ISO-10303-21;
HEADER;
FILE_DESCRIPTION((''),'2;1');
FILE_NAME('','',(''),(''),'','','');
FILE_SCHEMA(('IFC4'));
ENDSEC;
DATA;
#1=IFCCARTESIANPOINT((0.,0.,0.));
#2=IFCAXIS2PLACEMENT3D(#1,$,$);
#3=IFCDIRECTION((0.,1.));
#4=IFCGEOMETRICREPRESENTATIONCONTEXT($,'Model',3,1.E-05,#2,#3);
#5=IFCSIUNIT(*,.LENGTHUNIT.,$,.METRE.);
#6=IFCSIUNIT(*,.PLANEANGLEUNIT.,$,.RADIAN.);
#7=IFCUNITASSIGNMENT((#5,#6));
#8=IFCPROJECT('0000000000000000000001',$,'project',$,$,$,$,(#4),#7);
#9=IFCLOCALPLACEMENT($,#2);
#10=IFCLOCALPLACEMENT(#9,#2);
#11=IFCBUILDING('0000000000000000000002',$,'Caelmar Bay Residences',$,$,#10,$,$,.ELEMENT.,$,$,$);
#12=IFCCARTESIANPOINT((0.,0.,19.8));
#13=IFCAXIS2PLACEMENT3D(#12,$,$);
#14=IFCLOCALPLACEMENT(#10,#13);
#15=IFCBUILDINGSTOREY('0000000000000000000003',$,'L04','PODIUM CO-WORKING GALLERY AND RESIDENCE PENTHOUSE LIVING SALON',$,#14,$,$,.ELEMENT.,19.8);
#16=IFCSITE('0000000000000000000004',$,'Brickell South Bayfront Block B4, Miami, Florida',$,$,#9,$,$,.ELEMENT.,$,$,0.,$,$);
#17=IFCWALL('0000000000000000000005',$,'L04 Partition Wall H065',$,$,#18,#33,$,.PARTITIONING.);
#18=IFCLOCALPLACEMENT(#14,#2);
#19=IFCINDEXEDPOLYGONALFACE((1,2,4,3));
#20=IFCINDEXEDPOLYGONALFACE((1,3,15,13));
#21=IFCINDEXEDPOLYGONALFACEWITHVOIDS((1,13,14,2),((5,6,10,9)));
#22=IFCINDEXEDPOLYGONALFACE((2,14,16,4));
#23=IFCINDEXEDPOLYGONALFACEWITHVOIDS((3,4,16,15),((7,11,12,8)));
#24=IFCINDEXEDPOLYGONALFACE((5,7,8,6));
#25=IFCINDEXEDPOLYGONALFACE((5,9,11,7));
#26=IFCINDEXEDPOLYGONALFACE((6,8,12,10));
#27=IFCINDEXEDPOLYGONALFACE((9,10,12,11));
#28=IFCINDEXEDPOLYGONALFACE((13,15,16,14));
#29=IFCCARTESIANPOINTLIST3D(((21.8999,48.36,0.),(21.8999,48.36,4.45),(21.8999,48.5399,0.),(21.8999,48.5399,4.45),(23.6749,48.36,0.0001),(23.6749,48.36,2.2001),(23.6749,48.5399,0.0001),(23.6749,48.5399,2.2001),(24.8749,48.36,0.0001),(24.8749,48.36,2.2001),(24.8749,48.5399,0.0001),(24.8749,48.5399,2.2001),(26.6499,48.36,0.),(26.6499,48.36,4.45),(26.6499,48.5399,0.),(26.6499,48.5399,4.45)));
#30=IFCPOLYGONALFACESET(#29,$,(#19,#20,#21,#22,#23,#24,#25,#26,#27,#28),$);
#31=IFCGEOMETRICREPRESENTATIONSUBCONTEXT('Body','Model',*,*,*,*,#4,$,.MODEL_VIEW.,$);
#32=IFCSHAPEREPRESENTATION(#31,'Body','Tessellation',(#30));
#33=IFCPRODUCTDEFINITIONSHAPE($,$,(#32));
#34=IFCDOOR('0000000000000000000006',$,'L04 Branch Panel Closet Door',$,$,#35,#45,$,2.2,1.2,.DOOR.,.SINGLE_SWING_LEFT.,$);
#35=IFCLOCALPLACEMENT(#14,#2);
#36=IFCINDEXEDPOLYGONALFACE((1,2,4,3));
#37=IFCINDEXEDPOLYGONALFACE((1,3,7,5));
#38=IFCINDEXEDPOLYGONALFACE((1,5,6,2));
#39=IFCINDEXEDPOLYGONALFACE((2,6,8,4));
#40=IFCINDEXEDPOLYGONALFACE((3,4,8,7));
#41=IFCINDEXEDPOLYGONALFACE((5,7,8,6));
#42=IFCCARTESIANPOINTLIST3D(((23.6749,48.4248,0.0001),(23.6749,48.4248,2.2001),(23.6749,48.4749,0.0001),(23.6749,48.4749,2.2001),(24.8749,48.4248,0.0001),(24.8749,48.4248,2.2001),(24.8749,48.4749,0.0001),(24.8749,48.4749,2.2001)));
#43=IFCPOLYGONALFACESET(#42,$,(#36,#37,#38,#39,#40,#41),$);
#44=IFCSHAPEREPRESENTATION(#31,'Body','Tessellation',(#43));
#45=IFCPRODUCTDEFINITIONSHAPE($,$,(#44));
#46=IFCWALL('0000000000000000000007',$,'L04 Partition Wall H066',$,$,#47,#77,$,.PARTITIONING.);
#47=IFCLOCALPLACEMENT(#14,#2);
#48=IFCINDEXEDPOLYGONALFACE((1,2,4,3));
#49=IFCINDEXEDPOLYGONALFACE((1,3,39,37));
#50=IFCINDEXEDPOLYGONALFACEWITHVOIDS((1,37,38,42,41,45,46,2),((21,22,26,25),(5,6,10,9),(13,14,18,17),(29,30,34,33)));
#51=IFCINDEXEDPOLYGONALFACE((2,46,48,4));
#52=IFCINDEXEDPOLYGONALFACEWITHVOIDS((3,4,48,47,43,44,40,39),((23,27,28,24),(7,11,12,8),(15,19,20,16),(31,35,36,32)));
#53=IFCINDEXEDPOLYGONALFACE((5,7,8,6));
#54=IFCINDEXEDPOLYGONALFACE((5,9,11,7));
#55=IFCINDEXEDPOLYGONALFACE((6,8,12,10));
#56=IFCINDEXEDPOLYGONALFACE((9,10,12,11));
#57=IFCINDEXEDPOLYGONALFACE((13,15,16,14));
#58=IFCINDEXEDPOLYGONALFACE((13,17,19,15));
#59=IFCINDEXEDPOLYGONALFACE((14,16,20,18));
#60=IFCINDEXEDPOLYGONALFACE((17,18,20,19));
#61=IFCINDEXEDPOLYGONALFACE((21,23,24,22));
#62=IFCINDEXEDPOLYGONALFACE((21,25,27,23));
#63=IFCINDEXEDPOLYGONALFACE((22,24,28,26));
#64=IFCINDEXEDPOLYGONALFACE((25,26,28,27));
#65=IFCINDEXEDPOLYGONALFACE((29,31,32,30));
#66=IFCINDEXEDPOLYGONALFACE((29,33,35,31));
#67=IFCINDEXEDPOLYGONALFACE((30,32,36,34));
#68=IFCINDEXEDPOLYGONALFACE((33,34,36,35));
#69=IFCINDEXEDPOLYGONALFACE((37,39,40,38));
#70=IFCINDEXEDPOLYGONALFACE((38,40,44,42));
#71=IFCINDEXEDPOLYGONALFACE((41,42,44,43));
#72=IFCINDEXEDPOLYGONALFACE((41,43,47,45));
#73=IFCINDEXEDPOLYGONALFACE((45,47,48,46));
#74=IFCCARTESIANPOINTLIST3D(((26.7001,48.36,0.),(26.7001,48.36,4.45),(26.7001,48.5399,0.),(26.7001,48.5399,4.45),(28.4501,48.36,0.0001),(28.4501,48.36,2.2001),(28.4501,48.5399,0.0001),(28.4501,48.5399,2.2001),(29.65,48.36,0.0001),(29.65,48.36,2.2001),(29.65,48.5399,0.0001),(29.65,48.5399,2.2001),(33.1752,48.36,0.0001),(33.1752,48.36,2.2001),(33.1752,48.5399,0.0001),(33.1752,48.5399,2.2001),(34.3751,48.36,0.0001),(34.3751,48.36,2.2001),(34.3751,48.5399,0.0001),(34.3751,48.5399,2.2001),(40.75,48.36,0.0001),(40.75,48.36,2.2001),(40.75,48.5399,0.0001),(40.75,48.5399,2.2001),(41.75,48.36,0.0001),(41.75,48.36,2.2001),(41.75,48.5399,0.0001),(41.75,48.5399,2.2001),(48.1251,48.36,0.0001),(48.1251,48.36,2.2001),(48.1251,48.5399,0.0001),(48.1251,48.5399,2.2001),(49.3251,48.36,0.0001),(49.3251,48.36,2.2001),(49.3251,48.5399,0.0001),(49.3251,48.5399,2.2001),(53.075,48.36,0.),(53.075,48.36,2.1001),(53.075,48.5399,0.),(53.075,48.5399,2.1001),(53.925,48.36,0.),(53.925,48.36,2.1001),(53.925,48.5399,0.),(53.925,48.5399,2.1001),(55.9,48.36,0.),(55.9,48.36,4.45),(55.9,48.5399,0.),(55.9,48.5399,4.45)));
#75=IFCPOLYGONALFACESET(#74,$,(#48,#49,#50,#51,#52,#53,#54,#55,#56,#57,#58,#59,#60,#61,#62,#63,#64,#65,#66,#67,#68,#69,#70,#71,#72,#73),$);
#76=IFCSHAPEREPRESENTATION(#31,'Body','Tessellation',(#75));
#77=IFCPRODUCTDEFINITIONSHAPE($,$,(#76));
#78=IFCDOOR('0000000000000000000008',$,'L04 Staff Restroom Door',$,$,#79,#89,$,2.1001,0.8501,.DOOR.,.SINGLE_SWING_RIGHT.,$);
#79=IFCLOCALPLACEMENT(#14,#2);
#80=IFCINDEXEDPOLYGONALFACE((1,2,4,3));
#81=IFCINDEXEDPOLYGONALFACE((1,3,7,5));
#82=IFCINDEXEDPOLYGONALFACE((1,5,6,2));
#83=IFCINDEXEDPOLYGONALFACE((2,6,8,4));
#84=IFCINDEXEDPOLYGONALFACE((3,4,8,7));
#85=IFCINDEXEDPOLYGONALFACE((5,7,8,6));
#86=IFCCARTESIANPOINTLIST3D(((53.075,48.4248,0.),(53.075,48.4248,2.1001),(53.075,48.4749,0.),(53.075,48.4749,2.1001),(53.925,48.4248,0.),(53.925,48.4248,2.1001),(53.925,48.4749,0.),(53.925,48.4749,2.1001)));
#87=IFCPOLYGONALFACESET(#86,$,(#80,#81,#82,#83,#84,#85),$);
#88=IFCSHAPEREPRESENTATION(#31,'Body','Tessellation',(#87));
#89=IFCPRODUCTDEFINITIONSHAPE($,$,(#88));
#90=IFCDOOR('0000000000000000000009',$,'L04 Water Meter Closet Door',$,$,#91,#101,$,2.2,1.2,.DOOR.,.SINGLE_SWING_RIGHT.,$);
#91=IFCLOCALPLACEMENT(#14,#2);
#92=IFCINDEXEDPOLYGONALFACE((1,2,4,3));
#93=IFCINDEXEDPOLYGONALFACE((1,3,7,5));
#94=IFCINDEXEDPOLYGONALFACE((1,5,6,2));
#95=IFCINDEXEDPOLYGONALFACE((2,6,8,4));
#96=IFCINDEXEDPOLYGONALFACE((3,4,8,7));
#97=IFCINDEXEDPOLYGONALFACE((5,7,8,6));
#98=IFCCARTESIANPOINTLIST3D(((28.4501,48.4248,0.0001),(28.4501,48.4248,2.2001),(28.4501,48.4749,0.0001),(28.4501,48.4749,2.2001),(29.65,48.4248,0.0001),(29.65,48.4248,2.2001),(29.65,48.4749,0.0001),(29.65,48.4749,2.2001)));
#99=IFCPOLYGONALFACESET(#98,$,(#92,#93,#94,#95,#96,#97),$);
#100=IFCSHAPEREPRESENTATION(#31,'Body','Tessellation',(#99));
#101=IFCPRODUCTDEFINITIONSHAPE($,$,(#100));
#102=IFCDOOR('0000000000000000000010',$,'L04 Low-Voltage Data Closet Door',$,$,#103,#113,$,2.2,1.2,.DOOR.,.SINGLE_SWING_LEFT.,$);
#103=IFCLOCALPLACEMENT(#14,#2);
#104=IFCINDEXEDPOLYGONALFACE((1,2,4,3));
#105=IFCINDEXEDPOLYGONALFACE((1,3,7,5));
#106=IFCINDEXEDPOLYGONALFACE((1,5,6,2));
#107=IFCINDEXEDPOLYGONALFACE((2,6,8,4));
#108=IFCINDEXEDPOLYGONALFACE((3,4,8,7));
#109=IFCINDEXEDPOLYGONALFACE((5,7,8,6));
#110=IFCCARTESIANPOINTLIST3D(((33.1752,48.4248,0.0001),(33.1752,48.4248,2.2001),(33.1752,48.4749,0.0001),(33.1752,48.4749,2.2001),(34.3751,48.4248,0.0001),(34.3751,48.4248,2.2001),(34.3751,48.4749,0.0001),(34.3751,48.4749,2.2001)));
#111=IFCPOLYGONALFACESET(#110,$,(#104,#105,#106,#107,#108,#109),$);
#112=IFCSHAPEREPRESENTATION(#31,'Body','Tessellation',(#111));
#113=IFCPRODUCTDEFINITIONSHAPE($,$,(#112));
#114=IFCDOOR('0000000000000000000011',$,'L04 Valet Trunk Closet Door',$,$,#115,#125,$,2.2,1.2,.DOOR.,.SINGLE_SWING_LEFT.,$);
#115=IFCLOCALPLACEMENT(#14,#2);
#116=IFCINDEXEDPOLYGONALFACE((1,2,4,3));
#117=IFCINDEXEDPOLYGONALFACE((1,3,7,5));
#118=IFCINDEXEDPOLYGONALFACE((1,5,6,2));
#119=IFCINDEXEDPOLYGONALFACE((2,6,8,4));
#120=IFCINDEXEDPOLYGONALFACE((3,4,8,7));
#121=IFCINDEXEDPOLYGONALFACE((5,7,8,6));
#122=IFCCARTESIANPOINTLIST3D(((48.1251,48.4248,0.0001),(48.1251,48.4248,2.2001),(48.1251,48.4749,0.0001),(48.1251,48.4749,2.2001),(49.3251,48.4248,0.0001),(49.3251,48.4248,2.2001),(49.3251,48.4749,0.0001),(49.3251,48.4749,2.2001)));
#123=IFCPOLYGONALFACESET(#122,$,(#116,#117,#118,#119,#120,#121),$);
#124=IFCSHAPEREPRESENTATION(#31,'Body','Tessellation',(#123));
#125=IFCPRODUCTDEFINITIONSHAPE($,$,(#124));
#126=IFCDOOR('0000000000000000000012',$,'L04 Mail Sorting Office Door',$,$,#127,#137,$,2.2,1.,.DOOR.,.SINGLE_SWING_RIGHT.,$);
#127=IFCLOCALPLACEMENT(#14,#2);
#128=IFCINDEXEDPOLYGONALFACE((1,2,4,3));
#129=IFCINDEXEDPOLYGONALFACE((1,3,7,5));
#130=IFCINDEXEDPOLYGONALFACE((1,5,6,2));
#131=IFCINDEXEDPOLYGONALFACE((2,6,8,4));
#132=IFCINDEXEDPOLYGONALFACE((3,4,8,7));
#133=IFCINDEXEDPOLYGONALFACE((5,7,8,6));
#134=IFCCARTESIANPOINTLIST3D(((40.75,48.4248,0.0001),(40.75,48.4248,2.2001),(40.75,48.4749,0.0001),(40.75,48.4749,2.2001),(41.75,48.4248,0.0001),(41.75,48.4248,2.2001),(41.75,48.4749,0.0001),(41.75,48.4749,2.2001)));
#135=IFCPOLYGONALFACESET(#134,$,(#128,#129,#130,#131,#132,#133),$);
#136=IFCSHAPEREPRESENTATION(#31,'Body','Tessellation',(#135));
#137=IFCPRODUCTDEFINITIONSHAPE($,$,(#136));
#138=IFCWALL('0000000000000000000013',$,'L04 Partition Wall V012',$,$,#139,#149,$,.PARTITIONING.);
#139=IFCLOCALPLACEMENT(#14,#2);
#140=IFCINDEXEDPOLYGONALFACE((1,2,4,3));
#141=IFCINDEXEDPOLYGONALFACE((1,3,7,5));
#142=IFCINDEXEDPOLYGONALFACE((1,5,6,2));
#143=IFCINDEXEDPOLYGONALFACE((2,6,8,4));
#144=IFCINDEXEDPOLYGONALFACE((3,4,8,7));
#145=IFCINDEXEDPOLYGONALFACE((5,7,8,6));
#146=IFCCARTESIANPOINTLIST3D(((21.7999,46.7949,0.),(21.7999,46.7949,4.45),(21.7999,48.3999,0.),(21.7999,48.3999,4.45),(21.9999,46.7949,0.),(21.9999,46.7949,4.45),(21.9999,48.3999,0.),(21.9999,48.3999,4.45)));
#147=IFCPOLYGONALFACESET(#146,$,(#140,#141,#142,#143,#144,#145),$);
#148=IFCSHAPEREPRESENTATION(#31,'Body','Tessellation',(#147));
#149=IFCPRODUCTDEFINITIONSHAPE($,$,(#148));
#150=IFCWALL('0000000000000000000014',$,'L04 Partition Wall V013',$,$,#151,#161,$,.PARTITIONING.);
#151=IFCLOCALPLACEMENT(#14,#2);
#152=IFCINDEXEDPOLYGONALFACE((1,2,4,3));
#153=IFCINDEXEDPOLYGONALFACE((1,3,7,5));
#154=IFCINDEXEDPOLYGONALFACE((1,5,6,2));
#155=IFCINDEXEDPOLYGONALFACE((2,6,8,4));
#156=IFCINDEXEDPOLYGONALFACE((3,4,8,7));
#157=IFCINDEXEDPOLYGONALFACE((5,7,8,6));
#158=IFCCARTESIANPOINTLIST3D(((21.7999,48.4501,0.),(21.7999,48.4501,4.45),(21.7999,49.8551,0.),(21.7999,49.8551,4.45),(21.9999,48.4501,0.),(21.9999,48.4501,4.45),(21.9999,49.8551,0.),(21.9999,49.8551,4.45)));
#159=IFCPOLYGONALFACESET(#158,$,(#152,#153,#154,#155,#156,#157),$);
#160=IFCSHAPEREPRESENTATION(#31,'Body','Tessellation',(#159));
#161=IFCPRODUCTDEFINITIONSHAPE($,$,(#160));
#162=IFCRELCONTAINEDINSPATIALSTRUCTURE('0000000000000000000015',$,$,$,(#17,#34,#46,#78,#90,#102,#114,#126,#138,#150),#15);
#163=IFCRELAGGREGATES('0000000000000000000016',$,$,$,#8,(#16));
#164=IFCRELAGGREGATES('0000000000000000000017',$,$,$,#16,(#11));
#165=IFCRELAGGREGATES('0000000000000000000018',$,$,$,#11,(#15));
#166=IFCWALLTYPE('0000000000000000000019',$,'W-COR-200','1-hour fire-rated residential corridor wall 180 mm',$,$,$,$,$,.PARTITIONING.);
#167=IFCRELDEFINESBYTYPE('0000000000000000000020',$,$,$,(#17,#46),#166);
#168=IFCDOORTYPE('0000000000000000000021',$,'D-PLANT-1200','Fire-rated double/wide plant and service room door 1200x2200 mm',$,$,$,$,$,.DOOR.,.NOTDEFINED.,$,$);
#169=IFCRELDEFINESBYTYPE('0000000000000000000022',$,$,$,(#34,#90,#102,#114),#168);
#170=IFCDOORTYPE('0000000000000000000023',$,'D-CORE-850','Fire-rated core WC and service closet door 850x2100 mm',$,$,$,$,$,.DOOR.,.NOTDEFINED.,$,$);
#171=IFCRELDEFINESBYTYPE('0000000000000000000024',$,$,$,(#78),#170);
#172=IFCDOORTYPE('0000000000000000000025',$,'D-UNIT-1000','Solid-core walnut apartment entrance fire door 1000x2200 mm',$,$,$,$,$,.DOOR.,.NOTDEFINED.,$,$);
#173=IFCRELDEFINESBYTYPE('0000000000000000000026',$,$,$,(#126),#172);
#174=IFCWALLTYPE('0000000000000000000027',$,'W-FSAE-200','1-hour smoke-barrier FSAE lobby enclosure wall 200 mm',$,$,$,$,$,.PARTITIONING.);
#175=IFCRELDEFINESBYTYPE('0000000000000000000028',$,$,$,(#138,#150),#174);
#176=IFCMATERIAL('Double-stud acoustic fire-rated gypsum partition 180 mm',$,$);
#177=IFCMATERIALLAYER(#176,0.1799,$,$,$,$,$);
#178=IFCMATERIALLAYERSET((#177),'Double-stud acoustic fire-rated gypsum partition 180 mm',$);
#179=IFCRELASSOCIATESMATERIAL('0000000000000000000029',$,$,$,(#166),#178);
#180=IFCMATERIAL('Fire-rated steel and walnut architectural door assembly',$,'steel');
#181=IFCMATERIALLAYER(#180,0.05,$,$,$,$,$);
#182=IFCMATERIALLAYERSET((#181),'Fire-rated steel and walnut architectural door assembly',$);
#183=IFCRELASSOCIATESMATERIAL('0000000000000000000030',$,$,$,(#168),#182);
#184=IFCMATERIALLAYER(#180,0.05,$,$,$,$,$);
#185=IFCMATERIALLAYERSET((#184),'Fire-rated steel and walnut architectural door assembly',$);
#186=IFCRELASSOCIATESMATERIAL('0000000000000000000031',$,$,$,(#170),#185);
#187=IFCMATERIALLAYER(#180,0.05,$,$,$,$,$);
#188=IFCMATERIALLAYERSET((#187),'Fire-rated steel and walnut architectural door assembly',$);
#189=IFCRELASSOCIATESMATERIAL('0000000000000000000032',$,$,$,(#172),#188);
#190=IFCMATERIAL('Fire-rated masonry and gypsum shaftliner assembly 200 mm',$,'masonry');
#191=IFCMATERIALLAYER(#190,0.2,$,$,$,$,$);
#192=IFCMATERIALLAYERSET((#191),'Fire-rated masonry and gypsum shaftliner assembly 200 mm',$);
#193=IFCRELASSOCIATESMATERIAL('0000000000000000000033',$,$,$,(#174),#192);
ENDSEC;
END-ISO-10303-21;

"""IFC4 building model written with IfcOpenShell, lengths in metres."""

from ifc_helpers import new_model, si_unit, direction, frame, frame_2d, origin, place, context, subcontext, project, spatial, rectangle, extrude, material, layer, layer_set, type_object, element, fill, save


model = new_model("IFC4")

# Units and contexts
model_context = context("Model", 3, precision=1e-05, world=origin(), true_north=direction((0.0, 1.0)))
body_context = subcontext(model_context, "Body", "Model", "MODEL_VIEW")
ifc_project = project(units=[si_unit("LENGTHUNIT", "METRE"), si_unit("PLANEANGLEUNIT", "RADIAN")], contexts=[model_context])

# Site, building, storey
site_placement = place(None, origin())
site = spatial("IfcSite", under=ifc_project, at=site_placement, Name="Brickell South Bayfront Block B4, Miami, Florida", CompositionType="ELEMENT", RefElevation=0.0)
building_placement = place(site_placement, origin())
building = spatial("IfcBuilding", under=site, at=building_placement, Name="Caelmar Bay Residences", CompositionType="ELEMENT")
storey_placement = place(building_placement, frame((0.0, 0.0, 19.8)))
storey = spatial("IfcBuildingStorey", under=building, at=storey_placement, Name="L04", Description="PODIUM CO-WORKING GALLERY AND RESIDENCE PENTHOUSE LIVING SALON", CompositionType="ELEMENT", Elevation=19.8)

# Shared definitions
ifc_material_1 = material(Name="Fire-rated steel and walnut architectural door assembly", Category="steel")

# Shared definitions
ifc_material_2 = material(Name="Double-stud acoustic fire-rated gypsum partition 180 mm")
ifc_layer_1 = layer(ifc_material_2, 0.1799)
ifc_layer_set_1 = layer_set([ifc_layer_1], Name="Double-stud acoustic fire-rated gypsum partition 180 mm")
wall_type_1 = type_object("IfcWallType", Name="W-COR-200", Description="1-hour fire-rated residential corridor wall 180 mm", PredefinedType="PARTITIONING", material=ifc_layer_set_1)

# Wall, opening, door
wall_1_placement = place(storey_placement, frame((21.8999, 48.45, 0.0), z_axis=(0.0, 0.0, 1.0), x_axis=(1.0, 0.0, 0.0)))
wall_1 = element("IfcWall", 1, at=wall_1_placement, inside=storey, type_object=wall_type_1, Name="L04 Partition Wall H065", PredefinedType="PARTITIONING", context=body_context, shape_type="SweptSolid", body=[
    extrude(rectangle(XDim=4.75, YDim=0.1799, at=frame_2d((2.375, 0.0))), origin(), (0.0, 0.0, 1.0), 4.45),
])
opening_1_placement = place(wall_1_placement, frame((1.7749, 0.0, 0.0)))
opening_1 = element("IfcOpeningElement", 2, at=opening_1_placement, cuts=wall_1, PredefinedType="OPENING", context=body_context, shape_type="SweptSolid", body=[
    extrude(rectangle(XDim=1.2, YDim=2.2, at=frame_2d((0.6001, 1.1001))), frame((0.0, 0.0999, 0.0), z_axis=(0.0, -1.0, 0.0), x_axis=(1.0, 0.0, 0.0)), (0.0, 0.0, 1.0), 0.2),
])
ifc_layer_2 = layer(ifc_material_1, 0.05)
ifc_layer_set_2 = layer_set([ifc_layer_2], Name="Fire-rated steel and walnut architectural door assembly")
door_type_1 = type_object("IfcDoorType", Name="D-PLANT-1200", Description="Fire-rated double/wide plant and service room door 1200x2200 mm", OperationType="NOTDEFINED", PredefinedType="DOOR", material=ifc_layer_set_2)
door_1_placement = place(opening_1_placement, origin())
door_1 = element("IfcDoor", 3, at=door_1_placement, inside=storey, type_object=door_type_1, Name="L04 Branch Panel Closet Door", OperationType="SINGLE_SWING_LEFT", OverallHeight=2.2, OverallWidth=1.2, PredefinedType="DOOR", context=body_context, shape_type="SweptSolid", body=[
    extrude(rectangle(XDim=1.2, YDim=2.2, at=frame_2d((0.6001, 1.1001))), frame((0.0, 0.0249, 0.0), z_axis=(0.0, -1.0, 0.0), x_axis=(1.0, 0.0, 0.0)), (0.0, 0.0, 1.0), 0.05),
])
fill(opening_1, door_1)

# Wall, openings, doors
wall_2_placement = place(storey_placement, frame((26.7, 48.45, 0.0), z_axis=(0.0, 0.0, 1.0), x_axis=(1.0, 0.0, 0.0)))
wall_2 = element("IfcWall", 4, at=wall_2_placement, inside=storey, type_object=wall_type_1, Name="L04 Partition Wall H066", PredefinedType="PARTITIONING", context=body_context, shape_type="SweptSolid", body=[
    extrude(rectangle(XDim=29.2, YDim=0.1799, at=frame_2d((14.6001, 0.0))), origin(), (0.0, 0.0, 1.0), 4.45),
])
opening_2_placement = place(wall_2_placement, frame((1.75, 0.0, 0.0)))
opening_2 = element("IfcOpeningElement", 5, at=opening_2_placement, cuts=wall_2, PredefinedType="OPENING", context=body_context, shape_type="SweptSolid", body=[
    extrude(rectangle(XDim=1.2, YDim=2.2, at=frame_2d((0.6001, 1.1001))), frame((0.0, 0.0999, 0.0), z_axis=(0.0, -1.0, 0.0), x_axis=(1.0, 0.0, 0.0)), (0.0, 0.0, 1.0), 0.2),
])
opening_3_placement = place(wall_2_placement, frame((6.4751, 0.0, 0.0)))
opening_3 = element("IfcOpeningElement", 6, at=opening_3_placement, cuts=wall_2, PredefinedType="OPENING", context=body_context, shape_type="SweptSolid", body=[
    extrude(rectangle(XDim=1.2, YDim=2.2, at=frame_2d((0.6001, 1.1001))), frame((0.0, 0.0999, 0.0), z_axis=(0.0, -1.0, 0.0), x_axis=(1.0, 0.0, 0.0)), (0.0, 0.0, 1.0), 0.2),
])
opening_4_placement = place(wall_2_placement, frame((14.05, 0.0, 0.0)))
opening_4 = element("IfcOpeningElement", 7, at=opening_4_placement, cuts=wall_2, PredefinedType="OPENING", context=body_context, shape_type="SweptSolid", body=[
    extrude(rectangle(XDim=1.0, YDim=2.2, at=frame_2d((0.5, 1.1001))), frame((0.0, 0.0999, 0.0), z_axis=(0.0, -1.0, 0.0), x_axis=(1.0, 0.0, 0.0)), (0.0, 0.0, 1.0), 0.2),
])
opening_5_placement = place(wall_2_placement, frame((21.425, 0.0, 0.0)))
opening_5 = element("IfcOpeningElement", 8, at=opening_5_placement, cuts=wall_2, PredefinedType="OPENING", context=body_context, shape_type="SweptSolid", body=[
    extrude(rectangle(XDim=1.2, YDim=2.2, at=frame_2d((0.6001, 1.1001))), frame((0.0, 0.0999, 0.0), z_axis=(0.0, -1.0, 0.0), x_axis=(1.0, 0.0, 0.0)), (0.0, 0.0, 1.0), 0.2),
])
opening_6_placement = place(wall_2_placement, frame((26.375, 0.0, 0.0)))
opening_6 = element("IfcOpeningElement", 9, at=opening_6_placement, cuts=wall_2, PredefinedType="OPENING", context=body_context, shape_type="SweptSolid", body=[
    extrude(rectangle(XDim=0.8501, YDim=2.1001, at=frame_2d((0.425, 1.05))), frame((0.0, 0.0999, 0.0), z_axis=(0.0, -1.0, 0.0), x_axis=(1.0, 0.0, 0.0)), (0.0, 0.0, 1.0), 0.2),
])
ifc_layer_3 = layer(ifc_material_1, 0.05)
ifc_layer_set_3 = layer_set([ifc_layer_3], Name="Fire-rated steel and walnut architectural door assembly")
door_type_2 = type_object("IfcDoorType", Name="D-CORE-850", Description="Fire-rated core WC and service closet door 850x2100 mm", OperationType="NOTDEFINED", PredefinedType="DOOR", material=ifc_layer_set_3)
door_2_placement = place(opening_6_placement, origin())
door_2 = element("IfcDoor", 10, at=door_2_placement, inside=storey, type_object=door_type_2, Name="L04 Staff Restroom Door", OperationType="SINGLE_SWING_RIGHT", OverallHeight=2.1001, OverallWidth=0.8501, PredefinedType="DOOR", context=body_context, shape_type="SweptSolid", body=[
    extrude(rectangle(XDim=0.8501, YDim=2.1001, at=frame_2d((0.425, 1.05))), frame((0.0, 0.0249, 0.0), z_axis=(0.0, -1.0, 0.0), x_axis=(1.0, 0.0, 0.0)), (0.0, 0.0, 1.0), 0.05),
])
fill(opening_6, door_2)
door_3_placement = place(opening_2_placement, origin())
door_3 = element("IfcDoor", 11, at=door_3_placement, inside=storey, type_object=door_type_1, Name="L04 Water Meter Closet Door", OperationType="SINGLE_SWING_RIGHT", OverallHeight=2.2, OverallWidth=1.2, PredefinedType="DOOR", context=body_context, shape_type="SweptSolid", body=[
    extrude(rectangle(XDim=1.2, YDim=2.2, at=frame_2d((0.6001, 1.1001))), frame((0.0, 0.0249, 0.0), z_axis=(0.0, -1.0, 0.0), x_axis=(1.0, 0.0, 0.0)), (0.0, 0.0, 1.0), 0.05),
])
fill(opening_2, door_3)
door_4_placement = place(opening_3_placement, origin())
door_4 = element("IfcDoor", 12, at=door_4_placement, inside=storey, type_object=door_type_1, Name="L04 Low-Voltage Data Closet Door", OperationType="SINGLE_SWING_LEFT", OverallHeight=2.2, OverallWidth=1.2, PredefinedType="DOOR", context=body_context, shape_type="SweptSolid", body=[
    extrude(rectangle(XDim=1.2, YDim=2.2, at=frame_2d((0.6001, 1.1001))), frame((0.0, 0.0249, 0.0), z_axis=(0.0, -1.0, 0.0), x_axis=(1.0, 0.0, 0.0)), (0.0, 0.0, 1.0), 0.05),
])
fill(opening_3, door_4)
door_5_placement = place(opening_5_placement, origin())
door_5 = element("IfcDoor", 13, at=door_5_placement, inside=storey, type_object=door_type_1, Name="L04 Valet Trunk Closet Door", OperationType="SINGLE_SWING_LEFT", OverallHeight=2.2, OverallWidth=1.2, PredefinedType="DOOR", context=body_context, shape_type="SweptSolid", body=[
    extrude(rectangle(XDim=1.2, YDim=2.2, at=frame_2d((0.6001, 1.1001))), frame((0.0, 0.0249, 0.0), z_axis=(0.0, -1.0, 0.0), x_axis=(1.0, 0.0, 0.0)), (0.0, 0.0, 1.0), 0.05),
])
fill(opening_5, door_5)
ifc_layer_4 = layer(ifc_material_1, 0.05)
ifc_layer_set_4 = layer_set([ifc_layer_4], Name="Fire-rated steel and walnut architectural door assembly")
door_type_3 = type_object("IfcDoorType", Name="D-UNIT-1000", Description="Solid-core walnut apartment entrance fire door 1000x2200 mm", OperationType="NOTDEFINED", PredefinedType="DOOR", material=ifc_layer_set_4)
door_6_placement = place(opening_4_placement, origin())
door_6 = element("IfcDoor", 14, at=door_6_placement, inside=storey, type_object=door_type_3, Name="L04 Mail Sorting Office Door", OperationType="SINGLE_SWING_RIGHT", OverallHeight=2.2, OverallWidth=1.0, PredefinedType="DOOR", context=body_context, shape_type="SweptSolid", body=[
    extrude(rectangle(XDim=1.0, YDim=2.2, at=frame_2d((0.5, 1.1001))), frame((0.0, 0.0249, 0.0), z_axis=(0.0, -1.0, 0.0), x_axis=(1.0, 0.0, 0.0)), (0.0, 0.0, 1.0), 0.05),
])
fill(opening_4, door_6)

# Walls
ifc_material_3 = material(Name="Fire-rated masonry and gypsum shaftliner assembly 200 mm", Category="masonry")
ifc_layer_5 = layer(ifc_material_3, 0.2)
ifc_layer_set_5 = layer_set([ifc_layer_5], Name="Fire-rated masonry and gypsum shaftliner assembly 200 mm")
wall_type_2 = type_object("IfcWallType", Name="W-FSAE-200", Description="1-hour smoke-barrier FSAE lobby enclosure wall 200 mm", PredefinedType="PARTITIONING", material=ifc_layer_set_5)
wall_3_placement = place(storey_placement, frame((21.8999, 46.7949, 0.0), z_axis=(0.0, 0.0, 1.0), x_axis=(0.0, 1.0, 0.0)))
element("IfcWall", 15, at=wall_3_placement, inside=storey, type_object=wall_type_2, Name="L04 Partition Wall V012", PredefinedType="PARTITIONING", context=body_context, shape_type="SweptSolid", body=[
    extrude(rectangle(XDim=1.605, YDim=0.2, at=frame_2d((0.8025, 0.0))), origin(), (0.0, 0.0, 1.0), 4.45),
])
wall_4_placement = place(storey_placement, frame((21.8999, 48.45, 0.0), z_axis=(0.0, 0.0, 1.0), x_axis=(0.0, 1.0, 0.0)))
element("IfcWall", 16, at=wall_4_placement, inside=storey, type_object=wall_type_2, Name="L04 Partition Wall V013", PredefinedType="PARTITIONING", context=body_context, shape_type="SweptSolid", body=[
    extrude(rectangle(XDim=1.405, YDim=0.2, at=frame_2d((0.7026, 0.0))), origin(), (0.0, 0.0, 1.0), 4.45),
])

save(model, "model.ifc")
